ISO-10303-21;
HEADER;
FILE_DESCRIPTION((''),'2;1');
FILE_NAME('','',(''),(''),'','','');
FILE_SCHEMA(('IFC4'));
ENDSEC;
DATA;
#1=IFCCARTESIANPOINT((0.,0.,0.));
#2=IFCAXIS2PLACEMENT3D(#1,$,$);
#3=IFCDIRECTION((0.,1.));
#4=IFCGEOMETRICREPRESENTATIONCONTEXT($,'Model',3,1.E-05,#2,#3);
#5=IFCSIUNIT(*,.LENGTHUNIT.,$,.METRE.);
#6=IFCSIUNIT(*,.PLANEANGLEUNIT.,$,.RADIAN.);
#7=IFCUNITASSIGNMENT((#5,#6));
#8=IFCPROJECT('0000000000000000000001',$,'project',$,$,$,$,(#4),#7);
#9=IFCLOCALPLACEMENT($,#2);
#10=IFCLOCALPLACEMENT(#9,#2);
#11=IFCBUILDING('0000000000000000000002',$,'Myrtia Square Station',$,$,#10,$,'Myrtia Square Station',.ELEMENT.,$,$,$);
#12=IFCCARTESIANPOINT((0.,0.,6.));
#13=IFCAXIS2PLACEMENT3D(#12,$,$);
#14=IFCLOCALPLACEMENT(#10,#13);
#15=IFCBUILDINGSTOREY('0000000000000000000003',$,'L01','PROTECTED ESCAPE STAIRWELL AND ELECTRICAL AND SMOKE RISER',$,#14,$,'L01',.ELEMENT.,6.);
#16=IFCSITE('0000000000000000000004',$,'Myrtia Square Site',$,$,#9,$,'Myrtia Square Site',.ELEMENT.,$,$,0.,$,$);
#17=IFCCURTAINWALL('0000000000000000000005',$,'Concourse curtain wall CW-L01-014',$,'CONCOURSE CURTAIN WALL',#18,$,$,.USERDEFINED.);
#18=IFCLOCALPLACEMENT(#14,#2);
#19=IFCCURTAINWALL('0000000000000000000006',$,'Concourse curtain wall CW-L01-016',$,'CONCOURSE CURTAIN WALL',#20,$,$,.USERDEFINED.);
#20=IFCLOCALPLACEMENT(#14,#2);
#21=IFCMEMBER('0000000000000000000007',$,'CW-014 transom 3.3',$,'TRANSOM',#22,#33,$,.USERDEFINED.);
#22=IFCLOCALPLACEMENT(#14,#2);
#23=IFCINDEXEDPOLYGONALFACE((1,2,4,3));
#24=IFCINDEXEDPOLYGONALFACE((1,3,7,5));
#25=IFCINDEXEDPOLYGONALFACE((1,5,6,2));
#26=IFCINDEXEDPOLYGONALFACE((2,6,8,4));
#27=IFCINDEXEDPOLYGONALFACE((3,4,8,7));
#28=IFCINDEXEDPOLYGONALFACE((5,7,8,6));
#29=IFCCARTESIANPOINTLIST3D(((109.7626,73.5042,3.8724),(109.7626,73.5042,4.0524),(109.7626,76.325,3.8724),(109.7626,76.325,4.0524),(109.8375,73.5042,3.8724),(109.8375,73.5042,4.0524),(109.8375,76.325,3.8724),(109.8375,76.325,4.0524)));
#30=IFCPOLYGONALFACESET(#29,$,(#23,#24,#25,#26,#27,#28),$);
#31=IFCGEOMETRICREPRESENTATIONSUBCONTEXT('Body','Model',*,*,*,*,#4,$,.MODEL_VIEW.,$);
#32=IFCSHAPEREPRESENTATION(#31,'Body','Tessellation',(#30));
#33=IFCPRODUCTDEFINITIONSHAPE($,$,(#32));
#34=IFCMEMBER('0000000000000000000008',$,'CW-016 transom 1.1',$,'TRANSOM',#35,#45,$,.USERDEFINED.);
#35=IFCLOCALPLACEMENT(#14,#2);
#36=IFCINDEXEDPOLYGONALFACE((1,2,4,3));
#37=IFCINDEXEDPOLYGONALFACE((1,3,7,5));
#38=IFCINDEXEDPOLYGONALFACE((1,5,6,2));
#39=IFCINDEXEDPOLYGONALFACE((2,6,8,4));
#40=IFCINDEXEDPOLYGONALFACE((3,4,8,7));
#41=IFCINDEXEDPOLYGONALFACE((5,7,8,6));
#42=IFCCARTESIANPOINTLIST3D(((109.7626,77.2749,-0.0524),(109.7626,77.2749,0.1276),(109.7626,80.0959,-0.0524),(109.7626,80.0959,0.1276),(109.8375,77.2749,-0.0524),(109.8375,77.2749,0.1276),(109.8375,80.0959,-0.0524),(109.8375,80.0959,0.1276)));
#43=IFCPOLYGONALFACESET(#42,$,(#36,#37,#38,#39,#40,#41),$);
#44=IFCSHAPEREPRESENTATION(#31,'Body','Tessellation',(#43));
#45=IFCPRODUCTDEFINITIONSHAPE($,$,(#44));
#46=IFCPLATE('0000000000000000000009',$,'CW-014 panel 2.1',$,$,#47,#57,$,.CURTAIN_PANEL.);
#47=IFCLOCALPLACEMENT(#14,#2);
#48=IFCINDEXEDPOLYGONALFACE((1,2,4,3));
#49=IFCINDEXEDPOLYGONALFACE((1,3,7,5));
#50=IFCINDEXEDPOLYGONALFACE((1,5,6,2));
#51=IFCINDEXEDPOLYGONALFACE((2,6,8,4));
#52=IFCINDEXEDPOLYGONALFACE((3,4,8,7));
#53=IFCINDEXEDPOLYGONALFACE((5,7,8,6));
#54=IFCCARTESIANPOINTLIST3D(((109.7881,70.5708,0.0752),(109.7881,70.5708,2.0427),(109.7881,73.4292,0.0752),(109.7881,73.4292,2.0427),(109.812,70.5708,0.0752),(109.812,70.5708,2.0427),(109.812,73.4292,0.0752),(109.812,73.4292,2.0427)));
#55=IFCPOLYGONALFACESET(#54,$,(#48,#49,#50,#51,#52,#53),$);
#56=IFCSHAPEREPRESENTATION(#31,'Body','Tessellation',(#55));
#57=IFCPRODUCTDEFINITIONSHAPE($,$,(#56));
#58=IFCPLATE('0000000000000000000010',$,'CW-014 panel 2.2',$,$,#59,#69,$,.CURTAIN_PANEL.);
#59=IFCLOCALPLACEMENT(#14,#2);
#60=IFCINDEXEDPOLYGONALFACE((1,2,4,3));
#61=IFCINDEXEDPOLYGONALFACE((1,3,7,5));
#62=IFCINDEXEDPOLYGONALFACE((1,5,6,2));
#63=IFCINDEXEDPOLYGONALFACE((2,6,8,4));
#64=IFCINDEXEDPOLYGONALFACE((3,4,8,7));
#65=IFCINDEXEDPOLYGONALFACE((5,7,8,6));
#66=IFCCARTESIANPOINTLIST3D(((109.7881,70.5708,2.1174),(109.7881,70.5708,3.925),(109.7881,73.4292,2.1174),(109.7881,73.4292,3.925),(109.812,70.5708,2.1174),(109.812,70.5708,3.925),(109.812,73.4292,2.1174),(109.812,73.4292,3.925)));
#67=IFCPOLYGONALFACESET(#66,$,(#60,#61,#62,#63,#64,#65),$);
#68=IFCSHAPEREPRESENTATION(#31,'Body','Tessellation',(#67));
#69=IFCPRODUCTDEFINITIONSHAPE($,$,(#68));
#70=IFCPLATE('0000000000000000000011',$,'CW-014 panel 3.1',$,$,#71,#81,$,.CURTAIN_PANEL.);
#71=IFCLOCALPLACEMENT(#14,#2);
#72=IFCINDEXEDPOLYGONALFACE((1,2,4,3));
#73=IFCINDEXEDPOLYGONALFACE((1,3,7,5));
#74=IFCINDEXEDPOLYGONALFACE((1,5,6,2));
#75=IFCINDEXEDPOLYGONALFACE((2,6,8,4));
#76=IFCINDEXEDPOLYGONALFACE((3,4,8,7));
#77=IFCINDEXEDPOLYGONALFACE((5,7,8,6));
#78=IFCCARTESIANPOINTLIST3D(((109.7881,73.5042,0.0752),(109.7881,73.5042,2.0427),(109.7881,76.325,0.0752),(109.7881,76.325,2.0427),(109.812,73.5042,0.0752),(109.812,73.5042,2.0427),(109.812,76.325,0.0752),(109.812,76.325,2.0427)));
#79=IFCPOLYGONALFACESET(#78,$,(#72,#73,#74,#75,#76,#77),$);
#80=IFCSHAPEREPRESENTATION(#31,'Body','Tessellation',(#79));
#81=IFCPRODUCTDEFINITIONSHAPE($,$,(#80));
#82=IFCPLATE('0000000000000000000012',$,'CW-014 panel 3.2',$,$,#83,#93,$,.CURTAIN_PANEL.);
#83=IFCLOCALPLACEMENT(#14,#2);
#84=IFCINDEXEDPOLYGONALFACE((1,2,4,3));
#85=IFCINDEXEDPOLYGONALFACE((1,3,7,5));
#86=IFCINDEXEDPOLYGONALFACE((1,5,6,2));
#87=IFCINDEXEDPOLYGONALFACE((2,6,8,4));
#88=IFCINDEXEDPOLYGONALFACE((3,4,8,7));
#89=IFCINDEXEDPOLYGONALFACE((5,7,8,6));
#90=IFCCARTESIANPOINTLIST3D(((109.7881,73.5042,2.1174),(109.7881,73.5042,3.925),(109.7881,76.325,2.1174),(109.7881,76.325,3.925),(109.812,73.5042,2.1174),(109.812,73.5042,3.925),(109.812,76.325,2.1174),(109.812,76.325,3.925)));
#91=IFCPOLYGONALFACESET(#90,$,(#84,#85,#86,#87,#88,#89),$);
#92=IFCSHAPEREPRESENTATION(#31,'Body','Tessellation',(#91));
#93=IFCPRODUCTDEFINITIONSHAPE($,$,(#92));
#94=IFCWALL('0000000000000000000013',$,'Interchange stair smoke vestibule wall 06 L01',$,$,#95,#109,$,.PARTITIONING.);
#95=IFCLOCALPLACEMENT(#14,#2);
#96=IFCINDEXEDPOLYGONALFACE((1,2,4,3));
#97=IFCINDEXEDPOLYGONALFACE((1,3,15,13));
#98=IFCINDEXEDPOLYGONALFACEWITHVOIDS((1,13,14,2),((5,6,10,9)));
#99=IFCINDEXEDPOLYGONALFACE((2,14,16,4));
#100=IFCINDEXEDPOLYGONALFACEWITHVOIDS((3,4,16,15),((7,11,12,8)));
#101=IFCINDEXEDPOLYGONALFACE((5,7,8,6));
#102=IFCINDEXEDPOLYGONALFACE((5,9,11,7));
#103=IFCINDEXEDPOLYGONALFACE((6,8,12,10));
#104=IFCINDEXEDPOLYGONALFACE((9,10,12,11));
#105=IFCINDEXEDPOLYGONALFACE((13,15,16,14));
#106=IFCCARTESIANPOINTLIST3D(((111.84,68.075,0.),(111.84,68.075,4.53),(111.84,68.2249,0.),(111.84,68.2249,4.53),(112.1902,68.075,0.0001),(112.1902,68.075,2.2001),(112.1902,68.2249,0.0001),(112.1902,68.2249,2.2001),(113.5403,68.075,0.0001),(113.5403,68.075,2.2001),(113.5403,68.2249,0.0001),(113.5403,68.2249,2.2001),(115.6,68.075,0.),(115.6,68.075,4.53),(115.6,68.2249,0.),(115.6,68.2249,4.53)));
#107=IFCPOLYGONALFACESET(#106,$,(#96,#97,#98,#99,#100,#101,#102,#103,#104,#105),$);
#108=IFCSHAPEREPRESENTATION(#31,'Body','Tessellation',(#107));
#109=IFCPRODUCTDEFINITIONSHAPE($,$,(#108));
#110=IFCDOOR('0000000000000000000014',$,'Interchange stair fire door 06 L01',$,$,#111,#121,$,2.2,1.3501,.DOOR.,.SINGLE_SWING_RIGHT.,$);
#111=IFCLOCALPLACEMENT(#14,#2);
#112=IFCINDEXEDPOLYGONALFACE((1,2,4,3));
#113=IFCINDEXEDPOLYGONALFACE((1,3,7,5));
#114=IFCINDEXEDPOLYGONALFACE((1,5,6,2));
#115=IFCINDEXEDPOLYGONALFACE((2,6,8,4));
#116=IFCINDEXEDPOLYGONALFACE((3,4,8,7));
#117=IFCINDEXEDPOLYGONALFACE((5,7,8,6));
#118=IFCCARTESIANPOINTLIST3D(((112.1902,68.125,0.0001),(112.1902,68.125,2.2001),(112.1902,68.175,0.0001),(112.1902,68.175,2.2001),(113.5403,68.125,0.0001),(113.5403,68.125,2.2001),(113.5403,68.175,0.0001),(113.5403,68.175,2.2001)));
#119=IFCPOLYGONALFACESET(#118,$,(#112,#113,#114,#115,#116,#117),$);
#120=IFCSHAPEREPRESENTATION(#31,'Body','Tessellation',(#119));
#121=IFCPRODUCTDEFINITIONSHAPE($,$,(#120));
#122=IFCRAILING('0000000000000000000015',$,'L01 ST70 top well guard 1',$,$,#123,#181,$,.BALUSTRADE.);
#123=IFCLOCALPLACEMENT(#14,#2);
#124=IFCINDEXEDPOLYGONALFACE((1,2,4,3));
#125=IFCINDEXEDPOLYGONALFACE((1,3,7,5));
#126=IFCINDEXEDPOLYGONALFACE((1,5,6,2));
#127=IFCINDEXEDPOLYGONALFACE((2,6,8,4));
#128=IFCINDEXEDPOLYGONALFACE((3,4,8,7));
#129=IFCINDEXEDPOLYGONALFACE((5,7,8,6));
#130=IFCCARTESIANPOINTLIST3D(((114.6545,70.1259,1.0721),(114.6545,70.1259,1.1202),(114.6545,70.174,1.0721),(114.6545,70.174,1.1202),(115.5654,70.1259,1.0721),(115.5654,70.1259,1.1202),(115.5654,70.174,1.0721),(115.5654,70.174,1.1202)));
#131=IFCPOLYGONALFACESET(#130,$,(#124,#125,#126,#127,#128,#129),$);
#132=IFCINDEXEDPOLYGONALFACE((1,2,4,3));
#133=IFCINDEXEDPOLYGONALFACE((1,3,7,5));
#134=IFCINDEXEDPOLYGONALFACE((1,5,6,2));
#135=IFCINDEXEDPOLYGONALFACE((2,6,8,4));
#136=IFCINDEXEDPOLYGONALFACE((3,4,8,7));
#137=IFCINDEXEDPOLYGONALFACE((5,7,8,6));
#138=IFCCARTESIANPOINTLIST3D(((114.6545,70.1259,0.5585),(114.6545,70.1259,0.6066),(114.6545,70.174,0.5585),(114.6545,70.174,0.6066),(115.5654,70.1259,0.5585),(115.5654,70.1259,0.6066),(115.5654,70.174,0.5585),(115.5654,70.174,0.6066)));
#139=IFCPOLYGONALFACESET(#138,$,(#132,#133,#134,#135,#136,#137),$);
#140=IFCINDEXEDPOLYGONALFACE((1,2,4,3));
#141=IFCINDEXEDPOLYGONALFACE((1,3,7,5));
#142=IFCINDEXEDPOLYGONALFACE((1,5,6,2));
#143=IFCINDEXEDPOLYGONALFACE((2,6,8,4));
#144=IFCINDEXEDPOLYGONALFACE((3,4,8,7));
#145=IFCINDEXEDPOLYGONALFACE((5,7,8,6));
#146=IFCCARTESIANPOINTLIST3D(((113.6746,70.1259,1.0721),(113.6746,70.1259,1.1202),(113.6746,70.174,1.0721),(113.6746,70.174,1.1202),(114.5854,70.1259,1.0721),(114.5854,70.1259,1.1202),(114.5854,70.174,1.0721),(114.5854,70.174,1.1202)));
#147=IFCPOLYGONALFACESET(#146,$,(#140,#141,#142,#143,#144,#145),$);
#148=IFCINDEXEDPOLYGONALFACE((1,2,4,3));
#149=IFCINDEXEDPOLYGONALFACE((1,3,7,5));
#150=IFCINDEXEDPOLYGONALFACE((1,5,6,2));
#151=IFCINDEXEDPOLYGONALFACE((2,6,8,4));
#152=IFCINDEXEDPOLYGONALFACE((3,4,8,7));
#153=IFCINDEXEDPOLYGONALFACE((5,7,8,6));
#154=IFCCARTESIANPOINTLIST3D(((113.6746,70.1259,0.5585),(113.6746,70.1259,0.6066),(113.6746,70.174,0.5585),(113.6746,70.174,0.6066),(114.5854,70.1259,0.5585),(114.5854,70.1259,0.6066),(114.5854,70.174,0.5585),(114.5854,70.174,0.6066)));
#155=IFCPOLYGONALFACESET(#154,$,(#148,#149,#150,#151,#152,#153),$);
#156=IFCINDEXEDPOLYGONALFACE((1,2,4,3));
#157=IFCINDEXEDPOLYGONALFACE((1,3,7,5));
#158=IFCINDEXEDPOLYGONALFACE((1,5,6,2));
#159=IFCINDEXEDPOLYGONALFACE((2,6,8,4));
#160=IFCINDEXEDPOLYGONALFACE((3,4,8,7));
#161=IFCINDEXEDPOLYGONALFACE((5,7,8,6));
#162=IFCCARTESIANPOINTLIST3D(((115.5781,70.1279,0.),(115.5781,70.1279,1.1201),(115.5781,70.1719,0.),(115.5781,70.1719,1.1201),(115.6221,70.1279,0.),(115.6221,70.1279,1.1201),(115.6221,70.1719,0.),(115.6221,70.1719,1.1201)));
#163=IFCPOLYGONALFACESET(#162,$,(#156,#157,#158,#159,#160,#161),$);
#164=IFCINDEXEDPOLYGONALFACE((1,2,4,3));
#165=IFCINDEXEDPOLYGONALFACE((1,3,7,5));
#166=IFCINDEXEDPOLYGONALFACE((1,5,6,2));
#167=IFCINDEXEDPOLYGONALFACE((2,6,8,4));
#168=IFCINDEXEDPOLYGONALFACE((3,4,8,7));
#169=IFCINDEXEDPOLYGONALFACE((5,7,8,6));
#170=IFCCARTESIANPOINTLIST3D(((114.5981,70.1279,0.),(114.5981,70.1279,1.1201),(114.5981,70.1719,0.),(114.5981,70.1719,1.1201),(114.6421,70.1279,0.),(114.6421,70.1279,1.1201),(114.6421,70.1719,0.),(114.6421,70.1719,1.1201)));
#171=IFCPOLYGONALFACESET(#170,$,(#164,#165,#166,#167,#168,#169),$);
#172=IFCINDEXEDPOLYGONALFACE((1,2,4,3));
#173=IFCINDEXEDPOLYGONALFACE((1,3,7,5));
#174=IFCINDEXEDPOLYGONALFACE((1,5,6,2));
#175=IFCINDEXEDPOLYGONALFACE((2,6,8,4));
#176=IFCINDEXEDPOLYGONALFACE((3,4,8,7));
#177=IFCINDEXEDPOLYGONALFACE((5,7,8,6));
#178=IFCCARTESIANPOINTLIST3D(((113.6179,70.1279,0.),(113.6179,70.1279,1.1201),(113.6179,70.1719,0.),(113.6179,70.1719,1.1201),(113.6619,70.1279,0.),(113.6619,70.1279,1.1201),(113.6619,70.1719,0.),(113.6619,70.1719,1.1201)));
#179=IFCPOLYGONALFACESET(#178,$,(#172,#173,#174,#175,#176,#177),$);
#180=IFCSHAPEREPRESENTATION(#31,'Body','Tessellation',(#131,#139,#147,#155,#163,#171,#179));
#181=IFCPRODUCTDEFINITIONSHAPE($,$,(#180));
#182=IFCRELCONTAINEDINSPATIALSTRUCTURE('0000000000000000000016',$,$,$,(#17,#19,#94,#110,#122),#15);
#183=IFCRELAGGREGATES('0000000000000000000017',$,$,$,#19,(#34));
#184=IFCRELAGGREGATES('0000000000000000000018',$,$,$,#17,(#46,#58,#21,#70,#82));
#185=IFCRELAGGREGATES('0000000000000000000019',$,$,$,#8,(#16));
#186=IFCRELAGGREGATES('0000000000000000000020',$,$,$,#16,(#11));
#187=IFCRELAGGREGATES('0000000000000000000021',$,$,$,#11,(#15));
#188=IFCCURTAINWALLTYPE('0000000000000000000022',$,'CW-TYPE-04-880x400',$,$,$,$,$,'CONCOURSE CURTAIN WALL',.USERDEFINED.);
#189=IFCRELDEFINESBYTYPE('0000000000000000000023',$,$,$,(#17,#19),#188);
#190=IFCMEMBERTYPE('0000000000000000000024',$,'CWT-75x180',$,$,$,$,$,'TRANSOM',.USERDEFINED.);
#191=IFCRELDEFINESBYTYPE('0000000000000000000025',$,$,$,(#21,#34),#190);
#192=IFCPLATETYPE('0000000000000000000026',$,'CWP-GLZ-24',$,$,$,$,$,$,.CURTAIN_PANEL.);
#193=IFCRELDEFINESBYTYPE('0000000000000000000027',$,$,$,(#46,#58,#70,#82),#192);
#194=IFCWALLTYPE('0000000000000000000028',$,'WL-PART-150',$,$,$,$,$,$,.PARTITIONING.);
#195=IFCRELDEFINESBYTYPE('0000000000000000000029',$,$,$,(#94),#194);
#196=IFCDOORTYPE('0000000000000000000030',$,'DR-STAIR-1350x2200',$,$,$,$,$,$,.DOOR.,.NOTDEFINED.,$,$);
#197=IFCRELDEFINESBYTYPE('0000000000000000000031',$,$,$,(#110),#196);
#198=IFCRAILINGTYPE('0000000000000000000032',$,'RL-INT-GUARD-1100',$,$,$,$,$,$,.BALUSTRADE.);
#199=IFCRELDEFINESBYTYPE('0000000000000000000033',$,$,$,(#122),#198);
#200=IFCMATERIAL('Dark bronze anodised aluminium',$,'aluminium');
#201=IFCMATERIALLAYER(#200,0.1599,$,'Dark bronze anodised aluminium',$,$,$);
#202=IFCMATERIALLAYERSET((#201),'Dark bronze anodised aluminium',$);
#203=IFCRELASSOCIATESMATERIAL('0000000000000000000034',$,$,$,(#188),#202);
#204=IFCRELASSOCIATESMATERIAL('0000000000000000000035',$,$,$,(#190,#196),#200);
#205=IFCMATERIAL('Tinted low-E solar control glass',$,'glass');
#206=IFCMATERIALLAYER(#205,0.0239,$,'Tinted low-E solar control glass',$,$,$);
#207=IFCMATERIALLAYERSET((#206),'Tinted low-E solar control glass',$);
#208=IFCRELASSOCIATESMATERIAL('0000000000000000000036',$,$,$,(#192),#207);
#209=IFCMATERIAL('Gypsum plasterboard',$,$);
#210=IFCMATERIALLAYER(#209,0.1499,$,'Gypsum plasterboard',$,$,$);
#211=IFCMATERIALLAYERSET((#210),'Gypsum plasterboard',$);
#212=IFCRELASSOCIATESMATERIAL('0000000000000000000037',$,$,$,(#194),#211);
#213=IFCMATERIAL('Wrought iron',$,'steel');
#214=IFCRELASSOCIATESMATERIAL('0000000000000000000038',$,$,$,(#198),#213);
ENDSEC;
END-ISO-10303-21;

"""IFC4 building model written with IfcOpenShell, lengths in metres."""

from ifc_helpers import new_model, si_unit, direction, frame, frame_2d, origin, origin_2d, place, context, subcontext, project, spatial, rectangle, extrude, material, layer, layer_set, material_profile, profile_set, type_object, element, fill, aggregate, save


model = new_model("IFC4")

# Units and contexts
model_context = context("Model", 3, precision=1e-05, world=origin(), true_north=direction((0.0, 1.0)))
body_context = subcontext(model_context, "Body", "Model", "MODEL_VIEW")
ifc_project = project(units=[si_unit("LENGTHUNIT", "METRE"), si_unit("PLANEANGLEUNIT", "RADIAN")], contexts=[model_context])

# Site, building, storey
site_placement = place(None, origin())
site = spatial("IfcSite", under=ifc_project, at=site_placement, Name="Myrtia Square Site", LongName="Myrtia Square Site", CompositionType="ELEMENT", RefElevation=0.0)
building_placement = place(site_placement, origin())
building = spatial("IfcBuilding", under=site, at=building_placement, Name="Myrtia Square Station", LongName="Myrtia Square Station", CompositionType="ELEMENT")
storey_placement = place(building_placement, frame((0.0, 0.0, 6.0)))
storey = spatial("IfcBuildingStorey", under=building, at=storey_placement, Name="L01", Description="PROTECTED ESCAPE STAIRWELL AND ELECTRICAL AND SMOKE RISER", LongName="L01", CompositionType="ELEMENT", Elevation=6.0)

# Curtain wall
ifc_material_1 = material(Name="Dark bronze anodised aluminium", Category="aluminium")
ifc_layer_1 = layer(ifc_material_1, 0.1599, Name="Dark bronze anodised aluminium")
ifc_layer_set_1 = layer_set([ifc_layer_1], Name="Dark bronze anodised aluminium")
curtain_wall_type = type_object("IfcCurtainWallType", Name="CW-TYPE-04-880x400", ElementType="CONCOURSE CURTAIN WALL", PredefinedType="USERDEFINED", material=ifc_layer_set_1)
curtain_wall_1_placement = place(storey_placement, origin())
curtain_wall_1 = element("IfcCurtainWall", 1, at=curtain_wall_1_placement, inside=storey, type_object=curtain_wall_type, Name="Concourse curtain wall CW-L01-014", ObjectType="CONCOURSE CURTAIN WALL", PredefinedType="USERDEFINED")

# Curtain wall
curtain_wall_2_placement = place(storey_placement, origin())
curtain_wall_2 = element("IfcCurtainWall", 2, at=curtain_wall_2_placement, inside=storey, type_object=curtain_wall_type, Name="Concourse curtain wall CW-L01-016", ObjectType="CONCOURSE CURTAIN WALL", PredefinedType="USERDEFINED")

# Members
ifc_material_profile_1 = material_profile(ifc_material_1, rectangle(XDim=0.075, YDim=0.1799, at=origin_2d()), Name="ALU-T 75x180")
ifc_profile_set_1 = profile_set([ifc_material_profile_1], Name="Dark bronze anodised aluminium")
member_type_1 = type_object("IfcMemberType", Name="CWT-75x180", ElementType="TRANSOM", PredefinedType="USERDEFINED", material=ifc_profile_set_1)
member_1_placement = place(storey_placement, frame((109.8, 73.5042, 3.9624), z_axis=(0.0, 1.0, 0.0), x_axis=(-1.0, 0.0, 0.0)))
member_1 = element("IfcMember", 3, at=member_1_placement, type_object=member_type_1, Name="CW-014 transom 3.3", ObjectType="TRANSOM", PredefinedType="USERDEFINED", context=body_context, shape_type="SweptSolid", body=[
    extrude(rectangle(XDim=0.075, YDim=0.1799, at=origin_2d()), origin(), (0.0, 0.0, 1.0), 2.8208),
])
member_2_placement = place(storey_placement, frame((109.8, 77.2749, 0.0376), z_axis=(0.0, 1.0, 0.0), x_axis=(-1.0, 0.0, 0.0)))
member_2 = element("IfcMember", 4, at=member_2_placement, type_object=member_type_1, Name="CW-016 transom 1.1", ObjectType="TRANSOM", PredefinedType="USERDEFINED", context=body_context, shape_type="SweptSolid", body=[
    extrude(rectangle(XDim=0.075, YDim=0.1799, at=origin_2d()), origin(), (0.0, 0.0, 1.0), 2.821),
])
aggregate(curtain_wall_2, [member_2])

# Plates
ifc_material_2 = material(Name="Tinted low-E solar control glass", Category="glass")
ifc_layer_2 = layer(ifc_material_2, 0.0239, Name="Tinted low-E solar control glass")
ifc_layer_set_2 = layer_set([ifc_layer_2], Name="Tinted low-E solar control glass")
plate_type = type_object("IfcPlateType", Name="CWP-GLZ-24", PredefinedType="CURTAIN_PANEL", material=ifc_layer_set_2)
plate_1_placement = place(storey_placement, frame((109.8, 72.0, 0.0752), z_axis=(0.0, 0.0, 1.0), x_axis=(0.0, 1.0, 0.0)))
plate_1 = element("IfcPlate", 5, at=plate_1_placement, type_object=plate_type, Name="CW-014 panel 2.1", PredefinedType="CURTAIN_PANEL", context=body_context, shape_type="SweptSolid", body=[
    extrude(rectangle(XDim=2.8584, YDim=0.0239, at=origin_2d()), origin(), (0.0, 0.0, 1.0), 1.9675),
])
plate_2_placement = place(storey_placement, frame((109.8, 72.0, 2.1174), z_axis=(0.0, 0.0, 1.0), x_axis=(0.0, 1.0, 0.0)))
plate_2 = element("IfcPlate", 6, at=plate_2_placement, type_object=plate_type, Name="CW-014 panel 2.2", PredefinedType="CURTAIN_PANEL", context=body_context, shape_type="SweptSolid", body=[
    extrude(rectangle(XDim=2.8584, YDim=0.0239, at=origin_2d()), origin(), (0.0, 0.0, 1.0), 1.8076),
])
plate_3_placement = place(storey_placement, frame((109.8, 74.9146, 0.0752), z_axis=(0.0, 0.0, 1.0), x_axis=(0.0, 1.0, 0.0)))
plate_3 = element("IfcPlate", 7, at=plate_3_placement, type_object=plate_type, Name="CW-014 panel 3.1", PredefinedType="CURTAIN_PANEL", context=body_context, shape_type="SweptSolid", body=[
    extrude(rectangle(XDim=2.8208, YDim=0.0239, at=origin_2d()), origin(), (0.0, 0.0, 1.0), 1.9675),
])
plate_4_placement = place(storey_placement, frame((109.8, 74.9146, 2.1174), z_axis=(0.0, 0.0, 1.0), x_axis=(0.0, 1.0, 0.0)))
plate_4 = element("IfcPlate", 8, at=plate_4_placement, type_object=plate_type, Name="CW-014 panel 3.2", PredefinedType="CURTAIN_PANEL", context=body_context, shape_type="SweptSolid", body=[
    extrude(rectangle(XDim=2.8208, YDim=0.0239, at=origin_2d()), origin(), (0.0, 0.0, 1.0), 1.8076),
])
aggregate(curtain_wall_1, [plate_1, plate_2, member_1, plate_3, plate_4])

# Wall, opening, door
ifc_material_3 = material(Name="Gypsum plasterboard")
ifc_layer_3 = layer(ifc_material_3, 0.1499, Name="Gypsum plasterboard")
ifc_layer_set_3 = layer_set([ifc_layer_3], Name="Gypsum plasterboard")
wall_type = type_object("IfcWallType", Name="WL-PART-150", PredefinedType="PARTITIONING", material=ifc_layer_set_3)
wall_placement = place(storey_placement, frame((111.8401, 68.1499, 0.0), z_axis=(0.0, 0.0, 1.0), x_axis=(1.0, 0.0, 0.0)))
wall = element("IfcWall", 9, at=wall_placement, inside=storey, type_object=wall_type, Name="Interchange stair smoke vestibule wall 06 L01", PredefinedType="PARTITIONING", context=body_context, shape_type="SweptSolid", body=[
    extrude(rectangle(XDim=3.76, YDim=0.1499, at=frame_2d((1.8799, 0.0))), origin(), (0.0, 0.0, 1.0), 4.53),
])
opening_placement = place(wall_placement, frame((0.3501, 0.0, 0.0)))
opening = element("IfcOpeningElement", 10, at=opening_placement, cuts=wall, PredefinedType="OPENING", context=body_context, shape_type="SweptSolid", body=[
    extrude(rectangle(XDim=1.3501, YDim=2.2, at=frame_2d((0.675, 1.1001))), frame((0.0, 0.0898, 0.0), z_axis=(0.0, -1.0, 0.0), x_axis=(1.0, 0.0, 0.0)), (0.0, 0.0, 1.0), 0.1799),
])
door_type = type_object("IfcDoorType", Name="DR-STAIR-1350x2200", OperationType="NOTDEFINED", PredefinedType="DOOR", material=ifc_material_1)
door_placement = place(opening_placement, frame((1.3501, 0.0, 0.0), z_axis=(0.0, 0.0, 1.0), x_axis=(-1.0, 0.0, 0.0)))
door = element("IfcDoor", 11, at=door_placement, inside=storey, type_object=door_type, Name="Interchange stair fire door 06 L01", OperationType="SINGLE_SWING_RIGHT", OverallHeight=2.2, OverallWidth=1.3501, PredefinedType="DOOR", context=body_context, shape_type="SweptSolid", body=[
    extrude(rectangle(XDim=1.3501, YDim=2.2, at=frame_2d((0.675, 1.1001))), frame((0.0, 0.0249, 0.0), z_axis=(0.0, -1.0, 0.0), x_axis=(1.0, 0.0, 0.0)), (0.0, 0.0, 1.0), 0.05),
])
fill(opening, door)

# Railing
ifc_material_4 = material(Name="Wrought iron", Category="steel")
railing_type = type_object("IfcRailingType", Name="RL-INT-GUARD-1100", PredefinedType="BALUSTRADE", material=ifc_material_4)
railing_1_placement = place(storey_placement, frame((115.6001, 70.1499, 0.0)))
element("IfcRailing", 12, at=railing_1_placement, inside=storey, type_object=railing_type, Name="L01 ST70 top well guard 1", PredefinedType="BALUSTRADE", context=body_context, shape_type="SweptSolid", body=[
    extrude(rectangle(XDim=0.0481, YDim=0.0481, at=origin_2d()), frame((-0.0347, 0.0, 1.0962), z_axis=(-1.0, 0.0, 0.0), x_axis=(0.0, -1.0, 0.0)), (0.0, 0.0, 1.0), 0.9109),
    extrude(rectangle(XDim=0.0481, YDim=0.0481, at=origin_2d()), frame((-0.0347, 0.0, 0.5825), z_axis=(-1.0, 0.0, 0.0), x_axis=(0.0, -1.0, 0.0)), (0.0, 0.0, 1.0), 0.9109),
    extrude(rectangle(XDim=0.0481, YDim=0.0481, at=origin_2d()), frame((-1.0146, 0.0, 1.0962), z_axis=(-1.0, 0.0, 0.0), x_axis=(0.0, -1.0, 0.0)), (0.0, 0.0, 1.0), 0.9109),
    extrude(rectangle(XDim=0.0481, YDim=0.0481, at=origin_2d()), frame((-1.0146, 0.0, 0.5825), z_axis=(-1.0, 0.0, 0.0), x_axis=(0.0, -1.0, 0.0)), (0.0, 0.0, 1.0), 0.9109),
    extrude(rectangle(XDim=0.0439, YDim=0.0439, at=origin_2d()), origin(), (0.0, 0.0, 1.0), 1.1201),
    extrude(rectangle(XDim=0.0439, YDim=0.0439, at=origin_2d()), frame((-0.98, 0.0, 0.0)), (0.0, 0.0, 1.0), 1.1201),
    extrude(rectangle(XDim=0.0439, YDim=0.0439, at=origin_2d()), frame((-1.9602, 0.0, 0.0)), (0.0, 0.0, 1.0), 1.1201),
])

save(model, "model.ifc")
